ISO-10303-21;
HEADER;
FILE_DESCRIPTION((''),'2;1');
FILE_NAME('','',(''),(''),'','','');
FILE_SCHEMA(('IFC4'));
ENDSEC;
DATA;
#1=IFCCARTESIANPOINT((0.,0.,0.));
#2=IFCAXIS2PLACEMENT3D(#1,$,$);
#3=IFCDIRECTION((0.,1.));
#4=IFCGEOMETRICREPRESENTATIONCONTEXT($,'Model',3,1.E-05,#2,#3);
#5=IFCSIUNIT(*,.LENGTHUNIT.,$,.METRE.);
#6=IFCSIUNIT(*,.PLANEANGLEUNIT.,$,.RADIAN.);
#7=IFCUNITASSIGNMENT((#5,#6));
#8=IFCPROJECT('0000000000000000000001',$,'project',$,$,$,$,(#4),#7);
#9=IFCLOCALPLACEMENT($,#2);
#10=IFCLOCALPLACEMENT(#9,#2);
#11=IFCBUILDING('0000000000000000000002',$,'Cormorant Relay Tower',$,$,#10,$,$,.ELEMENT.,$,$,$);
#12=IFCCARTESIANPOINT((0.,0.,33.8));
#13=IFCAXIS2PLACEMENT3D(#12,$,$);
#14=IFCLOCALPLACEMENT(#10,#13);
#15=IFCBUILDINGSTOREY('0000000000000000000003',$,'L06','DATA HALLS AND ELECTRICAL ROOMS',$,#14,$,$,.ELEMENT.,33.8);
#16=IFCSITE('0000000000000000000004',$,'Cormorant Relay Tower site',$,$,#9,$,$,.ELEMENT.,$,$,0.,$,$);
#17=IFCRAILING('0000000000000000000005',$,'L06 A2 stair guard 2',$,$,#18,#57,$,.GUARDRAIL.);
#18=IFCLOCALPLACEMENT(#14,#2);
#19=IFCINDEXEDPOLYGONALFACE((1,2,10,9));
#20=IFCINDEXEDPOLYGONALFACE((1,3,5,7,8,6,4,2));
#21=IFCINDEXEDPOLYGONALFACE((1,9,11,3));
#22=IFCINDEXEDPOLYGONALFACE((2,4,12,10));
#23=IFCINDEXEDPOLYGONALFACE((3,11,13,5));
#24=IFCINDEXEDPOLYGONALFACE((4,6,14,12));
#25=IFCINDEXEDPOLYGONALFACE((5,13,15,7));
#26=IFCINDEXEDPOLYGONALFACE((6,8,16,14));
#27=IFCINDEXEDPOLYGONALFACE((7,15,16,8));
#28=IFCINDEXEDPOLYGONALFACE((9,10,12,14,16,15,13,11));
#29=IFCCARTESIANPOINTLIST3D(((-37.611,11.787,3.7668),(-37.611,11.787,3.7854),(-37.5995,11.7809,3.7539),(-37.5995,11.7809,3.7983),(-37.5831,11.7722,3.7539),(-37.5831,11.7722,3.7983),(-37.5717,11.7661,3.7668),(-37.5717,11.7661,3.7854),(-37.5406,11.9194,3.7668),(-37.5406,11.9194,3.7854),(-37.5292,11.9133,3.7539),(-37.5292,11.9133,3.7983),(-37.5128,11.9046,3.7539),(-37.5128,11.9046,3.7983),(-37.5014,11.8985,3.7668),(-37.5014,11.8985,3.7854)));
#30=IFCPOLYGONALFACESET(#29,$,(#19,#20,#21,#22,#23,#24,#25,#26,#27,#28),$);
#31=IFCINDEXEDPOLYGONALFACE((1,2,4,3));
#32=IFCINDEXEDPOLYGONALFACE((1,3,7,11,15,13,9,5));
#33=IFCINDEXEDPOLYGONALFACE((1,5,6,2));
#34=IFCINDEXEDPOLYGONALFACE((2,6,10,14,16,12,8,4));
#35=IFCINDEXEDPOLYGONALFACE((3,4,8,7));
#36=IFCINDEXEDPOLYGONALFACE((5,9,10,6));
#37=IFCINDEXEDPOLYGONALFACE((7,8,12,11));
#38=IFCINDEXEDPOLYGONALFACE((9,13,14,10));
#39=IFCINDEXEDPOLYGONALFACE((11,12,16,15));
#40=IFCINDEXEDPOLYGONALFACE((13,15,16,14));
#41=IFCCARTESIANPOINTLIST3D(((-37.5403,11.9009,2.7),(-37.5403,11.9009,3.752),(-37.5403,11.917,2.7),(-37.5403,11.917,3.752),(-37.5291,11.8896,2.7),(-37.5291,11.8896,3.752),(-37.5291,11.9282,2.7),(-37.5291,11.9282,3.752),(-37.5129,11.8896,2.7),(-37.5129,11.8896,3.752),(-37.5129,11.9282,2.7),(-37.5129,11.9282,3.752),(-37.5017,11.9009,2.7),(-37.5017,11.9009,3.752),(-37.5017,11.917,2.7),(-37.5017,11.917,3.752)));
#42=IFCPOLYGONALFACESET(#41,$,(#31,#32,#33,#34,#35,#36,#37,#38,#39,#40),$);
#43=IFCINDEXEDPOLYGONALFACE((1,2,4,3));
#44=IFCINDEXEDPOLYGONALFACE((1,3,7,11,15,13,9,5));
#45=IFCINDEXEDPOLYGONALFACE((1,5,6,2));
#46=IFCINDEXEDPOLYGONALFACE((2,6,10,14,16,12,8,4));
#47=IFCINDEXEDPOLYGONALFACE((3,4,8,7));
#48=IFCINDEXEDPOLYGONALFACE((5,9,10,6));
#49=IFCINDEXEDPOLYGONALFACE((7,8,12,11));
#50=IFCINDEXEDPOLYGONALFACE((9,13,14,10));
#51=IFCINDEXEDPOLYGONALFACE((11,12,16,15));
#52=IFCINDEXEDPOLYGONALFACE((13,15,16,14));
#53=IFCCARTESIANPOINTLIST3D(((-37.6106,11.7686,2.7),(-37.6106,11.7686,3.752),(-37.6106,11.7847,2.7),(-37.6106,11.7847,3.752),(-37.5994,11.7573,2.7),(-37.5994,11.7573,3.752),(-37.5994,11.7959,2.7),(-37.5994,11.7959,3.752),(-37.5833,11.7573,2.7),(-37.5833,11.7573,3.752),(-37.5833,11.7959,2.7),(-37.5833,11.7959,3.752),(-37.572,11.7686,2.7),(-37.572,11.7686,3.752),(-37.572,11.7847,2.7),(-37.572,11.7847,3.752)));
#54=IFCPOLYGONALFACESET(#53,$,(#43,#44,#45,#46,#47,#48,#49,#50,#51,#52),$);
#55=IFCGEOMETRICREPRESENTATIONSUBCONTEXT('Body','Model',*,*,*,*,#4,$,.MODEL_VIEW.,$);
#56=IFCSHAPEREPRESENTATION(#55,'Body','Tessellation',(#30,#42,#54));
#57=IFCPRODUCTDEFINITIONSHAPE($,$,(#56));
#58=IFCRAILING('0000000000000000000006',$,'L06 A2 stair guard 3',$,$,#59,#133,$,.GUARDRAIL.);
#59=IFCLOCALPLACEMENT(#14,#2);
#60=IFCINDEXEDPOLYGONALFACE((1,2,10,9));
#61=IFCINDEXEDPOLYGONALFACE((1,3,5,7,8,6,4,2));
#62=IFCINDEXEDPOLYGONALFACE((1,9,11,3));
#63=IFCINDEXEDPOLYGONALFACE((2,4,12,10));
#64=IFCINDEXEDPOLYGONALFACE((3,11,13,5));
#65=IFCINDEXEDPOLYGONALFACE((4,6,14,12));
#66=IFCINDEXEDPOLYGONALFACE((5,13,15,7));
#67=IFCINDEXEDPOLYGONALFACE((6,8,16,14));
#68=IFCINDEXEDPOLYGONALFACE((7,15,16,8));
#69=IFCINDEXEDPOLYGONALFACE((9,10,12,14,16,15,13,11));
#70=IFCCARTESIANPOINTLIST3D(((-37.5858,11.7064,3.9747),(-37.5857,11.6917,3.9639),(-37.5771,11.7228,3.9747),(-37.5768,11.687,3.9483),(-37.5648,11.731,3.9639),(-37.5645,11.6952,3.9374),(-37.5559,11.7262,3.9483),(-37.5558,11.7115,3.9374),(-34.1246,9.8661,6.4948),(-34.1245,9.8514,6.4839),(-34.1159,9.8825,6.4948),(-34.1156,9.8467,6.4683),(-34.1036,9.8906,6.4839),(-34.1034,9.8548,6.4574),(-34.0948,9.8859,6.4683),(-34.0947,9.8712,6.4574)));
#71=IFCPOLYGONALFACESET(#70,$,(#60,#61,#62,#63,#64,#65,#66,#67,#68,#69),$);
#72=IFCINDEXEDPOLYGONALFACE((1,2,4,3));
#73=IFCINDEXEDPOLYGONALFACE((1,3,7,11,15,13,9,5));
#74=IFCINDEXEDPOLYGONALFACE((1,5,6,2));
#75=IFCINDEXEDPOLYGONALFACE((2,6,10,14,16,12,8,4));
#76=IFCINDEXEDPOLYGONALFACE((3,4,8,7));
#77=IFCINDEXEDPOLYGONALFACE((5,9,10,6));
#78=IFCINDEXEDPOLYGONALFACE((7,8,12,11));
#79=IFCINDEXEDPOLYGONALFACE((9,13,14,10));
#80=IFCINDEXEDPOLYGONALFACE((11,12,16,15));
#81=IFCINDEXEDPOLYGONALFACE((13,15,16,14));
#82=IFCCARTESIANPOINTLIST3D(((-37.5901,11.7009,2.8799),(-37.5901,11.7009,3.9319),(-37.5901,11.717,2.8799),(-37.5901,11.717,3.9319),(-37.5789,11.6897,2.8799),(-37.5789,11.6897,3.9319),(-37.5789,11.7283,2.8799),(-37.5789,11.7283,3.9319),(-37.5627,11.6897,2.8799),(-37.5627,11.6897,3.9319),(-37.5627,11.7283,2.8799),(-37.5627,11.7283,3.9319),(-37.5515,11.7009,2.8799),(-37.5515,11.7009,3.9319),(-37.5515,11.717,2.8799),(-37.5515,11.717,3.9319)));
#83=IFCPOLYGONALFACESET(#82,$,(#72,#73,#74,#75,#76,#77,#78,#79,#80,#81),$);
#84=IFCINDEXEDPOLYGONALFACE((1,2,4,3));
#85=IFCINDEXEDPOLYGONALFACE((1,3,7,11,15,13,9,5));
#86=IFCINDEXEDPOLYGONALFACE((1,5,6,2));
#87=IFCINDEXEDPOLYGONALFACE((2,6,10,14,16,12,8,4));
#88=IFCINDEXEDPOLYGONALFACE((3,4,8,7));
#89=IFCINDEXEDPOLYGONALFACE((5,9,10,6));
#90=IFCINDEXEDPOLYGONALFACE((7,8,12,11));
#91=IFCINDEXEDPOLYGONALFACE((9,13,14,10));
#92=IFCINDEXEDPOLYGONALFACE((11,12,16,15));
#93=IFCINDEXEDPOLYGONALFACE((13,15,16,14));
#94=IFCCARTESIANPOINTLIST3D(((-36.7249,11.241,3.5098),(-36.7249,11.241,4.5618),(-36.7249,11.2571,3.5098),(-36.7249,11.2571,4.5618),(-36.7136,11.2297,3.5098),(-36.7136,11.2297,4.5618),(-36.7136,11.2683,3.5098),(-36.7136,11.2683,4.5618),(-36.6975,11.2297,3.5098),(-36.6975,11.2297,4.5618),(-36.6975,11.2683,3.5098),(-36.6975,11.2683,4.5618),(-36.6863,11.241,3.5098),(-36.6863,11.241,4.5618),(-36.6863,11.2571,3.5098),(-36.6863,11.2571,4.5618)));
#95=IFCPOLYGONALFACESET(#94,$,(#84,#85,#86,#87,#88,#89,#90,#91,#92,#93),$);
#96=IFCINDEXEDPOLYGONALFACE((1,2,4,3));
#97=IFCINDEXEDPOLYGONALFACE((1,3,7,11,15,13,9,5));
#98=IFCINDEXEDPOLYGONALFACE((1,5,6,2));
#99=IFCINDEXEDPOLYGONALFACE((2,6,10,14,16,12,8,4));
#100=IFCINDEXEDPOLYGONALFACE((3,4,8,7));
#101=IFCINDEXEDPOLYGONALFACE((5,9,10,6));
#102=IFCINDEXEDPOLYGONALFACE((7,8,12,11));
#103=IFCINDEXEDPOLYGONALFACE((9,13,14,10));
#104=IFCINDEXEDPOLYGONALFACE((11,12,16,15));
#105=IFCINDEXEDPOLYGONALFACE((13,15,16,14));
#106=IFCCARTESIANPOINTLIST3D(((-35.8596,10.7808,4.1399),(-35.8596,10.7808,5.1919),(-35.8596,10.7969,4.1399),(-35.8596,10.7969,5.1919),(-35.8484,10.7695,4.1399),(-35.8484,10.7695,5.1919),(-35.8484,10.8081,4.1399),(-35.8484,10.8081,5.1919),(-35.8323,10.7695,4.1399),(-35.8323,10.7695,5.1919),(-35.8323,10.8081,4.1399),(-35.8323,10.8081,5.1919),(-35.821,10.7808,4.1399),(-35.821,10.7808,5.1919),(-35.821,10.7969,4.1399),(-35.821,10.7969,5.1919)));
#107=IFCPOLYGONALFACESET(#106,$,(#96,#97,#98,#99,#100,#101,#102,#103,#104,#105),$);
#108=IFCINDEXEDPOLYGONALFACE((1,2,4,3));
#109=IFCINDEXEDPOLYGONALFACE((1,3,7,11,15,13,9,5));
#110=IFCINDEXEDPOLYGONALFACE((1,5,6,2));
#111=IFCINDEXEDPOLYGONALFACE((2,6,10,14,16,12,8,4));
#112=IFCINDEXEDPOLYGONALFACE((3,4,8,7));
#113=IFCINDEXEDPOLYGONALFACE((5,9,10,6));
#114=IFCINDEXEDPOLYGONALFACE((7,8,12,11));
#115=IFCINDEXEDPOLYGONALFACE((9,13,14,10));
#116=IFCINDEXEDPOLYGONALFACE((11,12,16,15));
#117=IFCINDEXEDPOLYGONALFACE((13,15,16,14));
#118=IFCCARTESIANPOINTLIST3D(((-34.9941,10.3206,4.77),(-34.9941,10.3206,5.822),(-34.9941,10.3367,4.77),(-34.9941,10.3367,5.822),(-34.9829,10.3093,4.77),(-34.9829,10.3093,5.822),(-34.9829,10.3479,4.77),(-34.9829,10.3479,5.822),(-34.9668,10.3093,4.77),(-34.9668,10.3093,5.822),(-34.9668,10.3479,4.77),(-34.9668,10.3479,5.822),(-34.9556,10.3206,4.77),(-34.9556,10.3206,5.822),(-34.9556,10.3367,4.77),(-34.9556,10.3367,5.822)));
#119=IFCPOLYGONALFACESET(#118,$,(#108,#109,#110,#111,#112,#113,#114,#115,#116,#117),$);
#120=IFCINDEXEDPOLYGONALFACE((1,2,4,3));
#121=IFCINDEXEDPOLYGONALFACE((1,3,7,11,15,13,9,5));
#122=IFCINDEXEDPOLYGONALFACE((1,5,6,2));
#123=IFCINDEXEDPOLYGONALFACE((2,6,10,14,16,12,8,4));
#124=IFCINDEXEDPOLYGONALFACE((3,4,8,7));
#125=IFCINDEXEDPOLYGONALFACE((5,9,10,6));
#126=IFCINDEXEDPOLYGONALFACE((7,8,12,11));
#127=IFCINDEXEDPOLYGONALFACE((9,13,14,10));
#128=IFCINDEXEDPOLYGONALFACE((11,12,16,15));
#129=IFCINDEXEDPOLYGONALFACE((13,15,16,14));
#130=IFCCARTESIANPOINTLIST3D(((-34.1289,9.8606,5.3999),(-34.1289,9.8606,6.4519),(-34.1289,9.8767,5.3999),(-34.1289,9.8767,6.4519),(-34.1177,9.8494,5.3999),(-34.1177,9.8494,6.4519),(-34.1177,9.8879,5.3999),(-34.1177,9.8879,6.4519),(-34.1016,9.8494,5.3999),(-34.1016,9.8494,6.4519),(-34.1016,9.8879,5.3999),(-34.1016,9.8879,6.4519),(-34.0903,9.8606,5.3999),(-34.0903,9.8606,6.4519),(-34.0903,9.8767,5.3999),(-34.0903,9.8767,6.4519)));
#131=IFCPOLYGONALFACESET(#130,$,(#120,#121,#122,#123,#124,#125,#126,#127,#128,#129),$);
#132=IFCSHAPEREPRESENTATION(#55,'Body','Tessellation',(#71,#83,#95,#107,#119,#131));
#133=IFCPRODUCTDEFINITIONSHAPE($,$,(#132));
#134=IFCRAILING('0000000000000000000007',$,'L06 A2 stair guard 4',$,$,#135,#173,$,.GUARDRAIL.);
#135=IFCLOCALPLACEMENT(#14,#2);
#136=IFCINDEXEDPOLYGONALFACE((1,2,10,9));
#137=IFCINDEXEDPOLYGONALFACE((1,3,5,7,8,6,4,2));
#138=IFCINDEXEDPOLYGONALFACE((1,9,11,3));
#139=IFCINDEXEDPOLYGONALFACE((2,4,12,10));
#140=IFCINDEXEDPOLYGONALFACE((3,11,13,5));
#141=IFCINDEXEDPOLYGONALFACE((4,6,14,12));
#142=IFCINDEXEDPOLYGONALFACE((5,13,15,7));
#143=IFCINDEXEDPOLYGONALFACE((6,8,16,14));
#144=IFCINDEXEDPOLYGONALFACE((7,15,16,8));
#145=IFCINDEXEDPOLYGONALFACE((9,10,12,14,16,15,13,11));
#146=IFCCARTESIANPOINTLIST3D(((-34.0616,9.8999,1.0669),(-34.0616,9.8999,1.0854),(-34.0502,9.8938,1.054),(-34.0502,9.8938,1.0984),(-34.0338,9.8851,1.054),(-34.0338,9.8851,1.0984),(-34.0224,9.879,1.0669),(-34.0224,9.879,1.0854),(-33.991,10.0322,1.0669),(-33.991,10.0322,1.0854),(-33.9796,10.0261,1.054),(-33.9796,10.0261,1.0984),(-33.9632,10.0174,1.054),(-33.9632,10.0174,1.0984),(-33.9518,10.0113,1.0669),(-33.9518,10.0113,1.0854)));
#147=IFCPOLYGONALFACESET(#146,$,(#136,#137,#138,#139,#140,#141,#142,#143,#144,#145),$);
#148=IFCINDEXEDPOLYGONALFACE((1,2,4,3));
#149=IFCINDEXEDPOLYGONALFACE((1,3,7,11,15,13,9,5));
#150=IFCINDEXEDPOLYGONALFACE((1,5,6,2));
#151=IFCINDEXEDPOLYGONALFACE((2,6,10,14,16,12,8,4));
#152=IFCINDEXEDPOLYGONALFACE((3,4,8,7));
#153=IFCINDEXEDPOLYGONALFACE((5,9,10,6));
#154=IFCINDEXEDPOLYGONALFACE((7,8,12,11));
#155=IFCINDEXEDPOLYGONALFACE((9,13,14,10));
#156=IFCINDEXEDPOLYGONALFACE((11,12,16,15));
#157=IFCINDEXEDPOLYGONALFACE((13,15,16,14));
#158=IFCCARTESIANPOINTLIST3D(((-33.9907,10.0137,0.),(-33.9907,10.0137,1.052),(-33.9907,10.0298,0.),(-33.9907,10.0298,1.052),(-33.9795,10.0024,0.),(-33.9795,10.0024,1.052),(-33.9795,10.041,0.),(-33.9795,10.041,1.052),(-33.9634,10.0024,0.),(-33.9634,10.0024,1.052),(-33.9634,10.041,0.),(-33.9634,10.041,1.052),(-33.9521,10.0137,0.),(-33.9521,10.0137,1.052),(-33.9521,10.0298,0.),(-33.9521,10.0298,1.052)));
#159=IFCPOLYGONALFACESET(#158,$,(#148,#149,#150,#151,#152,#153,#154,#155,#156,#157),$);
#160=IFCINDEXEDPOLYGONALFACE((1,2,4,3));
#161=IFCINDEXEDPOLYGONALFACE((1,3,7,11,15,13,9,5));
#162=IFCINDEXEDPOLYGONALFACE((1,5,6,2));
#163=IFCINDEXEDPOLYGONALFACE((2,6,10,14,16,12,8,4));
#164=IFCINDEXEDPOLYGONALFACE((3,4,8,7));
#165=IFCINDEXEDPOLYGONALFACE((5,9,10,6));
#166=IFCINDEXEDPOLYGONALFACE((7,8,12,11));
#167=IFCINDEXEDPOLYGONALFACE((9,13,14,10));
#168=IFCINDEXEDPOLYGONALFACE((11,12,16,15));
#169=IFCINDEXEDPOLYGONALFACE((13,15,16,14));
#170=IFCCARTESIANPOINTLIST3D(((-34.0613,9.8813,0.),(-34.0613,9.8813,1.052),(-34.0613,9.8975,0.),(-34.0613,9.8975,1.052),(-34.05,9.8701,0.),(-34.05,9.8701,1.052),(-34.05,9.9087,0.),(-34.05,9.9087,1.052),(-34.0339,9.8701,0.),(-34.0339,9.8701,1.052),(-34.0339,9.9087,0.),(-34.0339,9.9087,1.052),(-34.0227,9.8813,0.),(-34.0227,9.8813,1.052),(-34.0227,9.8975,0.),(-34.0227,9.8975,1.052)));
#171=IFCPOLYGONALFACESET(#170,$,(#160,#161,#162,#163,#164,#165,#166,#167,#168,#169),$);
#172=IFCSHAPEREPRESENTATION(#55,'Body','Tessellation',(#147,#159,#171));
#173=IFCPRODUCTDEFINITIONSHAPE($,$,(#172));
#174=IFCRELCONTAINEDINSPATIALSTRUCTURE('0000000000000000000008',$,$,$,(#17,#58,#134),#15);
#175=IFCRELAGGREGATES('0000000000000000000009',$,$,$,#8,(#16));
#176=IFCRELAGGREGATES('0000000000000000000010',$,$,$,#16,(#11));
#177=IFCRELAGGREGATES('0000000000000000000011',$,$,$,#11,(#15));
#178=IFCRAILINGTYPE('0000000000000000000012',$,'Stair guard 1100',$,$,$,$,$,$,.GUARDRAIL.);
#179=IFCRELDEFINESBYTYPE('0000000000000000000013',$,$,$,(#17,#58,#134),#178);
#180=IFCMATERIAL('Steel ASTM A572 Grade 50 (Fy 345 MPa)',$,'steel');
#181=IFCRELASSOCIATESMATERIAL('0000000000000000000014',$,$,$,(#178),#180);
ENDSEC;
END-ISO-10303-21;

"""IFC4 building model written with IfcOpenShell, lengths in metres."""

from ifc_helpers import new_model, si_unit, direction, frame, origin, place, context, subcontext, project, spatial, polyline, outline, extrude, material, type_object, element, save


model = new_model("IFC4")

# Units and contexts
model_context = context("Model", 3, precision=1e-05, world=origin(), true_north=direction((0.0, 1.0)))
body_context = subcontext(model_context, "Body", "Model", "MODEL_VIEW")
ifc_project = project(units=[si_unit("LENGTHUNIT", "METRE"), si_unit("PLANEANGLEUNIT", "RADIAN")], contexts=[model_context])

# Site, building, storey
site_placement = place(None, origin())
site = spatial("IfcSite", under=ifc_project, at=site_placement, Name="Cormorant Relay Tower site", CompositionType="ELEMENT", RefElevation=0.0)
building_placement = place(site_placement, origin())
building = spatial("IfcBuilding", under=site, at=building_placement, Name="Cormorant Relay Tower", CompositionType="ELEMENT")
storey_placement = place(building_placement, frame((0.0, 0.0, 33.8)))
storey = spatial("IfcBuildingStorey", under=building, at=storey_placement, Name="L06", Description="DATA HALLS AND ELECTRICAL ROOMS", CompositionType="ELEMENT", Elevation=33.8)

# Railings
ifc_material_1 = material(Name="Steel ASTM A572 Grade 50 (Fy 345 MPa)", Category="steel")
railing_type_1 = type_object("IfcRailingType", Name="Stair guard 1100", PredefinedType="GUARDRAIL", material=ifc_material_1)
railing_1_placement = place(storey_placement, frame((-37.521, 11.9089, 2.7)))
element("IfcRailing", 1, at=railing_1_placement, inside=storey, type_object=railing_type_1, Name="L06 A2 stair guard 2", PredefinedType="GUARDRAIL", context=body_context, shape_type="SweptSolid", body=[
    extrude(outline(polyline([(0.0222, 0.0093), (0.0093, 0.0222), (-0.0093, 0.0222), (-0.0222, 0.0093), (-0.0222, -0.0093), (-0.0093, -0.0222), (0.0093, -0.0222), (0.0222, -0.0093), (0.0222, 0.0093)])), frame((0.0, 0.0, 1.0762), z_axis=(-0.469235, -0.883074, 0.0), x_axis=(0.883074, -0.469235, 0.0)), (0.0, 0.0, 1.0), 0.1499),
    extrude(outline(polyline([(0.0193, 0.0081), (0.0081, 0.0193), (-0.0081, 0.0193), (-0.0193, 0.0081), (-0.0193, -0.0081), (-0.0081, -0.0193), (0.0081, -0.0193), (0.0193, -0.0081), (0.0193, 0.0081)])), origin(), (0.0, 0.0, 1.0), 1.052),
    extrude(outline(polyline([(0.0193, 0.0081), (0.0081, 0.0193), (-0.0081, 0.0193), (-0.0193, 0.0081), (-0.0193, -0.0081), (-0.0081, -0.0193), (0.0081, -0.0193), (0.0193, -0.0081), (0.0193, 0.0081)])), frame((-0.0703, -0.1323, 0.0)), (0.0, 0.0, 1.0), 1.052),
])
railing_2_placement = place(storey_placement, frame((-37.5708, 11.709, 2.8799)))
element("IfcRailing", 2, at=railing_2_placement, inside=storey, type_object=railing_type_1, Name="L06 A2 stair guard 3", PredefinedType="GUARDRAIL", context=body_context, shape_type="SweptSolid", body=[
    extrude(outline(polyline([(0.0222, 0.0093), (0.0093, 0.0222), (-0.0093, 0.0222), (-0.0222, 0.0093), (-0.0222, -0.0093), (-0.0093, -0.0222), (0.0093, -0.0222), (0.0222, -0.0093), (0.0222, 0.0093)])), frame((0.0, 0.0, 1.0762), z_axis=(0.742717, -0.394907, 0.540758), x_axis=(0.469469, 0.882949, 0.0)), (0.0, 0.0, 1.0), 4.6602),
    extrude(outline(polyline([(0.0193, 0.0081), (0.0081, 0.0193), (-0.0081, 0.0193), (-0.0193, 0.0081), (-0.0193, -0.0081), (-0.0081, -0.0193), (0.0081, -0.0193), (0.0193, -0.0081), (0.0193, 0.0081)])), origin(), (0.0, 0.0, 1.0), 1.052),
    extrude(outline(polyline([(0.0193, 0.0081), (0.0081, 0.0193), (-0.0081, 0.0193), (-0.0193, 0.0081), (-0.0193, -0.0081), (-0.0081, -0.0193), (0.0081, -0.0193), (0.0193, -0.0081), (0.0193, 0.0081)])), frame((0.8652, -0.46, 0.6299)), (0.0, 0.0, 1.0), 1.052),
    extrude(outline(polyline([(0.0193, 0.0081), (0.0081, 0.0193), (-0.0081, 0.0193), (-0.0193, 0.0081), (-0.0193, -0.0081), (-0.0081, -0.0193), (0.0081, -0.0193), (0.0193, -0.0081), (0.0193, 0.0081)])), frame((1.7305, -0.9202, 1.26)), (0.0, 0.0, 1.0), 1.052),
    extrude(outline(polyline([(0.0193, 0.0081), (0.0081, 0.0193), (-0.0081, 0.0193), (-0.0193, 0.0081), (-0.0193, -0.0081), (-0.0081, -0.0193), (0.0081, -0.0193), (0.0193, -0.0081), (0.0193, 0.0081)])), frame((2.5959, -1.3804, 1.8901)), (0.0, 0.0, 1.0), 1.052),
    extrude(outline(polyline([(0.0193, 0.0081), (0.0081, 0.0193), (-0.0081, 0.0193), (-0.0193, 0.0081), (-0.0193, -0.0081), (-0.0081, -0.0193), (0.0081, -0.0193), (0.0193, -0.0081), (0.0193, 0.0081)])), frame((3.4612, -1.8403, 2.52)), (0.0, 0.0, 1.0), 1.052),
])
railing_3_placement = place(storey_placement, frame((-33.9714, 10.0217, 0.0)))
element("IfcRailing", 3, at=railing_3_placement, inside=storey, type_object=railing_type_1, Name="L06 A2 stair guard 4", PredefinedType="GUARDRAIL", context=body_context, shape_type="SweptSolid", body=[
    extrude(outline(polyline([(0.0222, 0.0093), (0.0093, 0.0222), (-0.0093, 0.0222), (-0.0222, 0.0093), (-0.0222, -0.0093), (-0.0093, -0.0222), (0.0093, -0.0222), (0.0222, -0.0093), (0.0222, 0.0093)])), frame((0.0, 0.0, 1.0762), z_axis=(-0.470504, -0.882398, 0.0), x_axis=(0.882398, -0.470504, 0.0)), (0.0, 0.0, 1.0), 0.1499),
    extrude(outline(polyline([(0.0193, 0.0081), (0.0081, 0.0193), (-0.0081, 0.0193), (-0.0193, 0.0081), (-0.0193, -0.0081), (-0.0081, -0.0193), (0.0081, -0.0193), (0.0193, -0.0081), (0.0193, 0.0081)])), origin(), (0.0, 0.0, 1.0), 1.052),
    extrude(outline(polyline([(0.0193, 0.0081), (0.0081, 0.0193), (-0.0081, 0.0193), (-0.0193, 0.0081), (-0.0193, -0.0081), (-0.0081, -0.0193), (0.0081, -0.0193), (0.0193, -0.0081), (0.0193, 0.0081)])), frame((-0.0706, -0.1323, 0.0)), (0.0, 0.0, 1.0), 1.052),
])

save(model, "model.ifc")
